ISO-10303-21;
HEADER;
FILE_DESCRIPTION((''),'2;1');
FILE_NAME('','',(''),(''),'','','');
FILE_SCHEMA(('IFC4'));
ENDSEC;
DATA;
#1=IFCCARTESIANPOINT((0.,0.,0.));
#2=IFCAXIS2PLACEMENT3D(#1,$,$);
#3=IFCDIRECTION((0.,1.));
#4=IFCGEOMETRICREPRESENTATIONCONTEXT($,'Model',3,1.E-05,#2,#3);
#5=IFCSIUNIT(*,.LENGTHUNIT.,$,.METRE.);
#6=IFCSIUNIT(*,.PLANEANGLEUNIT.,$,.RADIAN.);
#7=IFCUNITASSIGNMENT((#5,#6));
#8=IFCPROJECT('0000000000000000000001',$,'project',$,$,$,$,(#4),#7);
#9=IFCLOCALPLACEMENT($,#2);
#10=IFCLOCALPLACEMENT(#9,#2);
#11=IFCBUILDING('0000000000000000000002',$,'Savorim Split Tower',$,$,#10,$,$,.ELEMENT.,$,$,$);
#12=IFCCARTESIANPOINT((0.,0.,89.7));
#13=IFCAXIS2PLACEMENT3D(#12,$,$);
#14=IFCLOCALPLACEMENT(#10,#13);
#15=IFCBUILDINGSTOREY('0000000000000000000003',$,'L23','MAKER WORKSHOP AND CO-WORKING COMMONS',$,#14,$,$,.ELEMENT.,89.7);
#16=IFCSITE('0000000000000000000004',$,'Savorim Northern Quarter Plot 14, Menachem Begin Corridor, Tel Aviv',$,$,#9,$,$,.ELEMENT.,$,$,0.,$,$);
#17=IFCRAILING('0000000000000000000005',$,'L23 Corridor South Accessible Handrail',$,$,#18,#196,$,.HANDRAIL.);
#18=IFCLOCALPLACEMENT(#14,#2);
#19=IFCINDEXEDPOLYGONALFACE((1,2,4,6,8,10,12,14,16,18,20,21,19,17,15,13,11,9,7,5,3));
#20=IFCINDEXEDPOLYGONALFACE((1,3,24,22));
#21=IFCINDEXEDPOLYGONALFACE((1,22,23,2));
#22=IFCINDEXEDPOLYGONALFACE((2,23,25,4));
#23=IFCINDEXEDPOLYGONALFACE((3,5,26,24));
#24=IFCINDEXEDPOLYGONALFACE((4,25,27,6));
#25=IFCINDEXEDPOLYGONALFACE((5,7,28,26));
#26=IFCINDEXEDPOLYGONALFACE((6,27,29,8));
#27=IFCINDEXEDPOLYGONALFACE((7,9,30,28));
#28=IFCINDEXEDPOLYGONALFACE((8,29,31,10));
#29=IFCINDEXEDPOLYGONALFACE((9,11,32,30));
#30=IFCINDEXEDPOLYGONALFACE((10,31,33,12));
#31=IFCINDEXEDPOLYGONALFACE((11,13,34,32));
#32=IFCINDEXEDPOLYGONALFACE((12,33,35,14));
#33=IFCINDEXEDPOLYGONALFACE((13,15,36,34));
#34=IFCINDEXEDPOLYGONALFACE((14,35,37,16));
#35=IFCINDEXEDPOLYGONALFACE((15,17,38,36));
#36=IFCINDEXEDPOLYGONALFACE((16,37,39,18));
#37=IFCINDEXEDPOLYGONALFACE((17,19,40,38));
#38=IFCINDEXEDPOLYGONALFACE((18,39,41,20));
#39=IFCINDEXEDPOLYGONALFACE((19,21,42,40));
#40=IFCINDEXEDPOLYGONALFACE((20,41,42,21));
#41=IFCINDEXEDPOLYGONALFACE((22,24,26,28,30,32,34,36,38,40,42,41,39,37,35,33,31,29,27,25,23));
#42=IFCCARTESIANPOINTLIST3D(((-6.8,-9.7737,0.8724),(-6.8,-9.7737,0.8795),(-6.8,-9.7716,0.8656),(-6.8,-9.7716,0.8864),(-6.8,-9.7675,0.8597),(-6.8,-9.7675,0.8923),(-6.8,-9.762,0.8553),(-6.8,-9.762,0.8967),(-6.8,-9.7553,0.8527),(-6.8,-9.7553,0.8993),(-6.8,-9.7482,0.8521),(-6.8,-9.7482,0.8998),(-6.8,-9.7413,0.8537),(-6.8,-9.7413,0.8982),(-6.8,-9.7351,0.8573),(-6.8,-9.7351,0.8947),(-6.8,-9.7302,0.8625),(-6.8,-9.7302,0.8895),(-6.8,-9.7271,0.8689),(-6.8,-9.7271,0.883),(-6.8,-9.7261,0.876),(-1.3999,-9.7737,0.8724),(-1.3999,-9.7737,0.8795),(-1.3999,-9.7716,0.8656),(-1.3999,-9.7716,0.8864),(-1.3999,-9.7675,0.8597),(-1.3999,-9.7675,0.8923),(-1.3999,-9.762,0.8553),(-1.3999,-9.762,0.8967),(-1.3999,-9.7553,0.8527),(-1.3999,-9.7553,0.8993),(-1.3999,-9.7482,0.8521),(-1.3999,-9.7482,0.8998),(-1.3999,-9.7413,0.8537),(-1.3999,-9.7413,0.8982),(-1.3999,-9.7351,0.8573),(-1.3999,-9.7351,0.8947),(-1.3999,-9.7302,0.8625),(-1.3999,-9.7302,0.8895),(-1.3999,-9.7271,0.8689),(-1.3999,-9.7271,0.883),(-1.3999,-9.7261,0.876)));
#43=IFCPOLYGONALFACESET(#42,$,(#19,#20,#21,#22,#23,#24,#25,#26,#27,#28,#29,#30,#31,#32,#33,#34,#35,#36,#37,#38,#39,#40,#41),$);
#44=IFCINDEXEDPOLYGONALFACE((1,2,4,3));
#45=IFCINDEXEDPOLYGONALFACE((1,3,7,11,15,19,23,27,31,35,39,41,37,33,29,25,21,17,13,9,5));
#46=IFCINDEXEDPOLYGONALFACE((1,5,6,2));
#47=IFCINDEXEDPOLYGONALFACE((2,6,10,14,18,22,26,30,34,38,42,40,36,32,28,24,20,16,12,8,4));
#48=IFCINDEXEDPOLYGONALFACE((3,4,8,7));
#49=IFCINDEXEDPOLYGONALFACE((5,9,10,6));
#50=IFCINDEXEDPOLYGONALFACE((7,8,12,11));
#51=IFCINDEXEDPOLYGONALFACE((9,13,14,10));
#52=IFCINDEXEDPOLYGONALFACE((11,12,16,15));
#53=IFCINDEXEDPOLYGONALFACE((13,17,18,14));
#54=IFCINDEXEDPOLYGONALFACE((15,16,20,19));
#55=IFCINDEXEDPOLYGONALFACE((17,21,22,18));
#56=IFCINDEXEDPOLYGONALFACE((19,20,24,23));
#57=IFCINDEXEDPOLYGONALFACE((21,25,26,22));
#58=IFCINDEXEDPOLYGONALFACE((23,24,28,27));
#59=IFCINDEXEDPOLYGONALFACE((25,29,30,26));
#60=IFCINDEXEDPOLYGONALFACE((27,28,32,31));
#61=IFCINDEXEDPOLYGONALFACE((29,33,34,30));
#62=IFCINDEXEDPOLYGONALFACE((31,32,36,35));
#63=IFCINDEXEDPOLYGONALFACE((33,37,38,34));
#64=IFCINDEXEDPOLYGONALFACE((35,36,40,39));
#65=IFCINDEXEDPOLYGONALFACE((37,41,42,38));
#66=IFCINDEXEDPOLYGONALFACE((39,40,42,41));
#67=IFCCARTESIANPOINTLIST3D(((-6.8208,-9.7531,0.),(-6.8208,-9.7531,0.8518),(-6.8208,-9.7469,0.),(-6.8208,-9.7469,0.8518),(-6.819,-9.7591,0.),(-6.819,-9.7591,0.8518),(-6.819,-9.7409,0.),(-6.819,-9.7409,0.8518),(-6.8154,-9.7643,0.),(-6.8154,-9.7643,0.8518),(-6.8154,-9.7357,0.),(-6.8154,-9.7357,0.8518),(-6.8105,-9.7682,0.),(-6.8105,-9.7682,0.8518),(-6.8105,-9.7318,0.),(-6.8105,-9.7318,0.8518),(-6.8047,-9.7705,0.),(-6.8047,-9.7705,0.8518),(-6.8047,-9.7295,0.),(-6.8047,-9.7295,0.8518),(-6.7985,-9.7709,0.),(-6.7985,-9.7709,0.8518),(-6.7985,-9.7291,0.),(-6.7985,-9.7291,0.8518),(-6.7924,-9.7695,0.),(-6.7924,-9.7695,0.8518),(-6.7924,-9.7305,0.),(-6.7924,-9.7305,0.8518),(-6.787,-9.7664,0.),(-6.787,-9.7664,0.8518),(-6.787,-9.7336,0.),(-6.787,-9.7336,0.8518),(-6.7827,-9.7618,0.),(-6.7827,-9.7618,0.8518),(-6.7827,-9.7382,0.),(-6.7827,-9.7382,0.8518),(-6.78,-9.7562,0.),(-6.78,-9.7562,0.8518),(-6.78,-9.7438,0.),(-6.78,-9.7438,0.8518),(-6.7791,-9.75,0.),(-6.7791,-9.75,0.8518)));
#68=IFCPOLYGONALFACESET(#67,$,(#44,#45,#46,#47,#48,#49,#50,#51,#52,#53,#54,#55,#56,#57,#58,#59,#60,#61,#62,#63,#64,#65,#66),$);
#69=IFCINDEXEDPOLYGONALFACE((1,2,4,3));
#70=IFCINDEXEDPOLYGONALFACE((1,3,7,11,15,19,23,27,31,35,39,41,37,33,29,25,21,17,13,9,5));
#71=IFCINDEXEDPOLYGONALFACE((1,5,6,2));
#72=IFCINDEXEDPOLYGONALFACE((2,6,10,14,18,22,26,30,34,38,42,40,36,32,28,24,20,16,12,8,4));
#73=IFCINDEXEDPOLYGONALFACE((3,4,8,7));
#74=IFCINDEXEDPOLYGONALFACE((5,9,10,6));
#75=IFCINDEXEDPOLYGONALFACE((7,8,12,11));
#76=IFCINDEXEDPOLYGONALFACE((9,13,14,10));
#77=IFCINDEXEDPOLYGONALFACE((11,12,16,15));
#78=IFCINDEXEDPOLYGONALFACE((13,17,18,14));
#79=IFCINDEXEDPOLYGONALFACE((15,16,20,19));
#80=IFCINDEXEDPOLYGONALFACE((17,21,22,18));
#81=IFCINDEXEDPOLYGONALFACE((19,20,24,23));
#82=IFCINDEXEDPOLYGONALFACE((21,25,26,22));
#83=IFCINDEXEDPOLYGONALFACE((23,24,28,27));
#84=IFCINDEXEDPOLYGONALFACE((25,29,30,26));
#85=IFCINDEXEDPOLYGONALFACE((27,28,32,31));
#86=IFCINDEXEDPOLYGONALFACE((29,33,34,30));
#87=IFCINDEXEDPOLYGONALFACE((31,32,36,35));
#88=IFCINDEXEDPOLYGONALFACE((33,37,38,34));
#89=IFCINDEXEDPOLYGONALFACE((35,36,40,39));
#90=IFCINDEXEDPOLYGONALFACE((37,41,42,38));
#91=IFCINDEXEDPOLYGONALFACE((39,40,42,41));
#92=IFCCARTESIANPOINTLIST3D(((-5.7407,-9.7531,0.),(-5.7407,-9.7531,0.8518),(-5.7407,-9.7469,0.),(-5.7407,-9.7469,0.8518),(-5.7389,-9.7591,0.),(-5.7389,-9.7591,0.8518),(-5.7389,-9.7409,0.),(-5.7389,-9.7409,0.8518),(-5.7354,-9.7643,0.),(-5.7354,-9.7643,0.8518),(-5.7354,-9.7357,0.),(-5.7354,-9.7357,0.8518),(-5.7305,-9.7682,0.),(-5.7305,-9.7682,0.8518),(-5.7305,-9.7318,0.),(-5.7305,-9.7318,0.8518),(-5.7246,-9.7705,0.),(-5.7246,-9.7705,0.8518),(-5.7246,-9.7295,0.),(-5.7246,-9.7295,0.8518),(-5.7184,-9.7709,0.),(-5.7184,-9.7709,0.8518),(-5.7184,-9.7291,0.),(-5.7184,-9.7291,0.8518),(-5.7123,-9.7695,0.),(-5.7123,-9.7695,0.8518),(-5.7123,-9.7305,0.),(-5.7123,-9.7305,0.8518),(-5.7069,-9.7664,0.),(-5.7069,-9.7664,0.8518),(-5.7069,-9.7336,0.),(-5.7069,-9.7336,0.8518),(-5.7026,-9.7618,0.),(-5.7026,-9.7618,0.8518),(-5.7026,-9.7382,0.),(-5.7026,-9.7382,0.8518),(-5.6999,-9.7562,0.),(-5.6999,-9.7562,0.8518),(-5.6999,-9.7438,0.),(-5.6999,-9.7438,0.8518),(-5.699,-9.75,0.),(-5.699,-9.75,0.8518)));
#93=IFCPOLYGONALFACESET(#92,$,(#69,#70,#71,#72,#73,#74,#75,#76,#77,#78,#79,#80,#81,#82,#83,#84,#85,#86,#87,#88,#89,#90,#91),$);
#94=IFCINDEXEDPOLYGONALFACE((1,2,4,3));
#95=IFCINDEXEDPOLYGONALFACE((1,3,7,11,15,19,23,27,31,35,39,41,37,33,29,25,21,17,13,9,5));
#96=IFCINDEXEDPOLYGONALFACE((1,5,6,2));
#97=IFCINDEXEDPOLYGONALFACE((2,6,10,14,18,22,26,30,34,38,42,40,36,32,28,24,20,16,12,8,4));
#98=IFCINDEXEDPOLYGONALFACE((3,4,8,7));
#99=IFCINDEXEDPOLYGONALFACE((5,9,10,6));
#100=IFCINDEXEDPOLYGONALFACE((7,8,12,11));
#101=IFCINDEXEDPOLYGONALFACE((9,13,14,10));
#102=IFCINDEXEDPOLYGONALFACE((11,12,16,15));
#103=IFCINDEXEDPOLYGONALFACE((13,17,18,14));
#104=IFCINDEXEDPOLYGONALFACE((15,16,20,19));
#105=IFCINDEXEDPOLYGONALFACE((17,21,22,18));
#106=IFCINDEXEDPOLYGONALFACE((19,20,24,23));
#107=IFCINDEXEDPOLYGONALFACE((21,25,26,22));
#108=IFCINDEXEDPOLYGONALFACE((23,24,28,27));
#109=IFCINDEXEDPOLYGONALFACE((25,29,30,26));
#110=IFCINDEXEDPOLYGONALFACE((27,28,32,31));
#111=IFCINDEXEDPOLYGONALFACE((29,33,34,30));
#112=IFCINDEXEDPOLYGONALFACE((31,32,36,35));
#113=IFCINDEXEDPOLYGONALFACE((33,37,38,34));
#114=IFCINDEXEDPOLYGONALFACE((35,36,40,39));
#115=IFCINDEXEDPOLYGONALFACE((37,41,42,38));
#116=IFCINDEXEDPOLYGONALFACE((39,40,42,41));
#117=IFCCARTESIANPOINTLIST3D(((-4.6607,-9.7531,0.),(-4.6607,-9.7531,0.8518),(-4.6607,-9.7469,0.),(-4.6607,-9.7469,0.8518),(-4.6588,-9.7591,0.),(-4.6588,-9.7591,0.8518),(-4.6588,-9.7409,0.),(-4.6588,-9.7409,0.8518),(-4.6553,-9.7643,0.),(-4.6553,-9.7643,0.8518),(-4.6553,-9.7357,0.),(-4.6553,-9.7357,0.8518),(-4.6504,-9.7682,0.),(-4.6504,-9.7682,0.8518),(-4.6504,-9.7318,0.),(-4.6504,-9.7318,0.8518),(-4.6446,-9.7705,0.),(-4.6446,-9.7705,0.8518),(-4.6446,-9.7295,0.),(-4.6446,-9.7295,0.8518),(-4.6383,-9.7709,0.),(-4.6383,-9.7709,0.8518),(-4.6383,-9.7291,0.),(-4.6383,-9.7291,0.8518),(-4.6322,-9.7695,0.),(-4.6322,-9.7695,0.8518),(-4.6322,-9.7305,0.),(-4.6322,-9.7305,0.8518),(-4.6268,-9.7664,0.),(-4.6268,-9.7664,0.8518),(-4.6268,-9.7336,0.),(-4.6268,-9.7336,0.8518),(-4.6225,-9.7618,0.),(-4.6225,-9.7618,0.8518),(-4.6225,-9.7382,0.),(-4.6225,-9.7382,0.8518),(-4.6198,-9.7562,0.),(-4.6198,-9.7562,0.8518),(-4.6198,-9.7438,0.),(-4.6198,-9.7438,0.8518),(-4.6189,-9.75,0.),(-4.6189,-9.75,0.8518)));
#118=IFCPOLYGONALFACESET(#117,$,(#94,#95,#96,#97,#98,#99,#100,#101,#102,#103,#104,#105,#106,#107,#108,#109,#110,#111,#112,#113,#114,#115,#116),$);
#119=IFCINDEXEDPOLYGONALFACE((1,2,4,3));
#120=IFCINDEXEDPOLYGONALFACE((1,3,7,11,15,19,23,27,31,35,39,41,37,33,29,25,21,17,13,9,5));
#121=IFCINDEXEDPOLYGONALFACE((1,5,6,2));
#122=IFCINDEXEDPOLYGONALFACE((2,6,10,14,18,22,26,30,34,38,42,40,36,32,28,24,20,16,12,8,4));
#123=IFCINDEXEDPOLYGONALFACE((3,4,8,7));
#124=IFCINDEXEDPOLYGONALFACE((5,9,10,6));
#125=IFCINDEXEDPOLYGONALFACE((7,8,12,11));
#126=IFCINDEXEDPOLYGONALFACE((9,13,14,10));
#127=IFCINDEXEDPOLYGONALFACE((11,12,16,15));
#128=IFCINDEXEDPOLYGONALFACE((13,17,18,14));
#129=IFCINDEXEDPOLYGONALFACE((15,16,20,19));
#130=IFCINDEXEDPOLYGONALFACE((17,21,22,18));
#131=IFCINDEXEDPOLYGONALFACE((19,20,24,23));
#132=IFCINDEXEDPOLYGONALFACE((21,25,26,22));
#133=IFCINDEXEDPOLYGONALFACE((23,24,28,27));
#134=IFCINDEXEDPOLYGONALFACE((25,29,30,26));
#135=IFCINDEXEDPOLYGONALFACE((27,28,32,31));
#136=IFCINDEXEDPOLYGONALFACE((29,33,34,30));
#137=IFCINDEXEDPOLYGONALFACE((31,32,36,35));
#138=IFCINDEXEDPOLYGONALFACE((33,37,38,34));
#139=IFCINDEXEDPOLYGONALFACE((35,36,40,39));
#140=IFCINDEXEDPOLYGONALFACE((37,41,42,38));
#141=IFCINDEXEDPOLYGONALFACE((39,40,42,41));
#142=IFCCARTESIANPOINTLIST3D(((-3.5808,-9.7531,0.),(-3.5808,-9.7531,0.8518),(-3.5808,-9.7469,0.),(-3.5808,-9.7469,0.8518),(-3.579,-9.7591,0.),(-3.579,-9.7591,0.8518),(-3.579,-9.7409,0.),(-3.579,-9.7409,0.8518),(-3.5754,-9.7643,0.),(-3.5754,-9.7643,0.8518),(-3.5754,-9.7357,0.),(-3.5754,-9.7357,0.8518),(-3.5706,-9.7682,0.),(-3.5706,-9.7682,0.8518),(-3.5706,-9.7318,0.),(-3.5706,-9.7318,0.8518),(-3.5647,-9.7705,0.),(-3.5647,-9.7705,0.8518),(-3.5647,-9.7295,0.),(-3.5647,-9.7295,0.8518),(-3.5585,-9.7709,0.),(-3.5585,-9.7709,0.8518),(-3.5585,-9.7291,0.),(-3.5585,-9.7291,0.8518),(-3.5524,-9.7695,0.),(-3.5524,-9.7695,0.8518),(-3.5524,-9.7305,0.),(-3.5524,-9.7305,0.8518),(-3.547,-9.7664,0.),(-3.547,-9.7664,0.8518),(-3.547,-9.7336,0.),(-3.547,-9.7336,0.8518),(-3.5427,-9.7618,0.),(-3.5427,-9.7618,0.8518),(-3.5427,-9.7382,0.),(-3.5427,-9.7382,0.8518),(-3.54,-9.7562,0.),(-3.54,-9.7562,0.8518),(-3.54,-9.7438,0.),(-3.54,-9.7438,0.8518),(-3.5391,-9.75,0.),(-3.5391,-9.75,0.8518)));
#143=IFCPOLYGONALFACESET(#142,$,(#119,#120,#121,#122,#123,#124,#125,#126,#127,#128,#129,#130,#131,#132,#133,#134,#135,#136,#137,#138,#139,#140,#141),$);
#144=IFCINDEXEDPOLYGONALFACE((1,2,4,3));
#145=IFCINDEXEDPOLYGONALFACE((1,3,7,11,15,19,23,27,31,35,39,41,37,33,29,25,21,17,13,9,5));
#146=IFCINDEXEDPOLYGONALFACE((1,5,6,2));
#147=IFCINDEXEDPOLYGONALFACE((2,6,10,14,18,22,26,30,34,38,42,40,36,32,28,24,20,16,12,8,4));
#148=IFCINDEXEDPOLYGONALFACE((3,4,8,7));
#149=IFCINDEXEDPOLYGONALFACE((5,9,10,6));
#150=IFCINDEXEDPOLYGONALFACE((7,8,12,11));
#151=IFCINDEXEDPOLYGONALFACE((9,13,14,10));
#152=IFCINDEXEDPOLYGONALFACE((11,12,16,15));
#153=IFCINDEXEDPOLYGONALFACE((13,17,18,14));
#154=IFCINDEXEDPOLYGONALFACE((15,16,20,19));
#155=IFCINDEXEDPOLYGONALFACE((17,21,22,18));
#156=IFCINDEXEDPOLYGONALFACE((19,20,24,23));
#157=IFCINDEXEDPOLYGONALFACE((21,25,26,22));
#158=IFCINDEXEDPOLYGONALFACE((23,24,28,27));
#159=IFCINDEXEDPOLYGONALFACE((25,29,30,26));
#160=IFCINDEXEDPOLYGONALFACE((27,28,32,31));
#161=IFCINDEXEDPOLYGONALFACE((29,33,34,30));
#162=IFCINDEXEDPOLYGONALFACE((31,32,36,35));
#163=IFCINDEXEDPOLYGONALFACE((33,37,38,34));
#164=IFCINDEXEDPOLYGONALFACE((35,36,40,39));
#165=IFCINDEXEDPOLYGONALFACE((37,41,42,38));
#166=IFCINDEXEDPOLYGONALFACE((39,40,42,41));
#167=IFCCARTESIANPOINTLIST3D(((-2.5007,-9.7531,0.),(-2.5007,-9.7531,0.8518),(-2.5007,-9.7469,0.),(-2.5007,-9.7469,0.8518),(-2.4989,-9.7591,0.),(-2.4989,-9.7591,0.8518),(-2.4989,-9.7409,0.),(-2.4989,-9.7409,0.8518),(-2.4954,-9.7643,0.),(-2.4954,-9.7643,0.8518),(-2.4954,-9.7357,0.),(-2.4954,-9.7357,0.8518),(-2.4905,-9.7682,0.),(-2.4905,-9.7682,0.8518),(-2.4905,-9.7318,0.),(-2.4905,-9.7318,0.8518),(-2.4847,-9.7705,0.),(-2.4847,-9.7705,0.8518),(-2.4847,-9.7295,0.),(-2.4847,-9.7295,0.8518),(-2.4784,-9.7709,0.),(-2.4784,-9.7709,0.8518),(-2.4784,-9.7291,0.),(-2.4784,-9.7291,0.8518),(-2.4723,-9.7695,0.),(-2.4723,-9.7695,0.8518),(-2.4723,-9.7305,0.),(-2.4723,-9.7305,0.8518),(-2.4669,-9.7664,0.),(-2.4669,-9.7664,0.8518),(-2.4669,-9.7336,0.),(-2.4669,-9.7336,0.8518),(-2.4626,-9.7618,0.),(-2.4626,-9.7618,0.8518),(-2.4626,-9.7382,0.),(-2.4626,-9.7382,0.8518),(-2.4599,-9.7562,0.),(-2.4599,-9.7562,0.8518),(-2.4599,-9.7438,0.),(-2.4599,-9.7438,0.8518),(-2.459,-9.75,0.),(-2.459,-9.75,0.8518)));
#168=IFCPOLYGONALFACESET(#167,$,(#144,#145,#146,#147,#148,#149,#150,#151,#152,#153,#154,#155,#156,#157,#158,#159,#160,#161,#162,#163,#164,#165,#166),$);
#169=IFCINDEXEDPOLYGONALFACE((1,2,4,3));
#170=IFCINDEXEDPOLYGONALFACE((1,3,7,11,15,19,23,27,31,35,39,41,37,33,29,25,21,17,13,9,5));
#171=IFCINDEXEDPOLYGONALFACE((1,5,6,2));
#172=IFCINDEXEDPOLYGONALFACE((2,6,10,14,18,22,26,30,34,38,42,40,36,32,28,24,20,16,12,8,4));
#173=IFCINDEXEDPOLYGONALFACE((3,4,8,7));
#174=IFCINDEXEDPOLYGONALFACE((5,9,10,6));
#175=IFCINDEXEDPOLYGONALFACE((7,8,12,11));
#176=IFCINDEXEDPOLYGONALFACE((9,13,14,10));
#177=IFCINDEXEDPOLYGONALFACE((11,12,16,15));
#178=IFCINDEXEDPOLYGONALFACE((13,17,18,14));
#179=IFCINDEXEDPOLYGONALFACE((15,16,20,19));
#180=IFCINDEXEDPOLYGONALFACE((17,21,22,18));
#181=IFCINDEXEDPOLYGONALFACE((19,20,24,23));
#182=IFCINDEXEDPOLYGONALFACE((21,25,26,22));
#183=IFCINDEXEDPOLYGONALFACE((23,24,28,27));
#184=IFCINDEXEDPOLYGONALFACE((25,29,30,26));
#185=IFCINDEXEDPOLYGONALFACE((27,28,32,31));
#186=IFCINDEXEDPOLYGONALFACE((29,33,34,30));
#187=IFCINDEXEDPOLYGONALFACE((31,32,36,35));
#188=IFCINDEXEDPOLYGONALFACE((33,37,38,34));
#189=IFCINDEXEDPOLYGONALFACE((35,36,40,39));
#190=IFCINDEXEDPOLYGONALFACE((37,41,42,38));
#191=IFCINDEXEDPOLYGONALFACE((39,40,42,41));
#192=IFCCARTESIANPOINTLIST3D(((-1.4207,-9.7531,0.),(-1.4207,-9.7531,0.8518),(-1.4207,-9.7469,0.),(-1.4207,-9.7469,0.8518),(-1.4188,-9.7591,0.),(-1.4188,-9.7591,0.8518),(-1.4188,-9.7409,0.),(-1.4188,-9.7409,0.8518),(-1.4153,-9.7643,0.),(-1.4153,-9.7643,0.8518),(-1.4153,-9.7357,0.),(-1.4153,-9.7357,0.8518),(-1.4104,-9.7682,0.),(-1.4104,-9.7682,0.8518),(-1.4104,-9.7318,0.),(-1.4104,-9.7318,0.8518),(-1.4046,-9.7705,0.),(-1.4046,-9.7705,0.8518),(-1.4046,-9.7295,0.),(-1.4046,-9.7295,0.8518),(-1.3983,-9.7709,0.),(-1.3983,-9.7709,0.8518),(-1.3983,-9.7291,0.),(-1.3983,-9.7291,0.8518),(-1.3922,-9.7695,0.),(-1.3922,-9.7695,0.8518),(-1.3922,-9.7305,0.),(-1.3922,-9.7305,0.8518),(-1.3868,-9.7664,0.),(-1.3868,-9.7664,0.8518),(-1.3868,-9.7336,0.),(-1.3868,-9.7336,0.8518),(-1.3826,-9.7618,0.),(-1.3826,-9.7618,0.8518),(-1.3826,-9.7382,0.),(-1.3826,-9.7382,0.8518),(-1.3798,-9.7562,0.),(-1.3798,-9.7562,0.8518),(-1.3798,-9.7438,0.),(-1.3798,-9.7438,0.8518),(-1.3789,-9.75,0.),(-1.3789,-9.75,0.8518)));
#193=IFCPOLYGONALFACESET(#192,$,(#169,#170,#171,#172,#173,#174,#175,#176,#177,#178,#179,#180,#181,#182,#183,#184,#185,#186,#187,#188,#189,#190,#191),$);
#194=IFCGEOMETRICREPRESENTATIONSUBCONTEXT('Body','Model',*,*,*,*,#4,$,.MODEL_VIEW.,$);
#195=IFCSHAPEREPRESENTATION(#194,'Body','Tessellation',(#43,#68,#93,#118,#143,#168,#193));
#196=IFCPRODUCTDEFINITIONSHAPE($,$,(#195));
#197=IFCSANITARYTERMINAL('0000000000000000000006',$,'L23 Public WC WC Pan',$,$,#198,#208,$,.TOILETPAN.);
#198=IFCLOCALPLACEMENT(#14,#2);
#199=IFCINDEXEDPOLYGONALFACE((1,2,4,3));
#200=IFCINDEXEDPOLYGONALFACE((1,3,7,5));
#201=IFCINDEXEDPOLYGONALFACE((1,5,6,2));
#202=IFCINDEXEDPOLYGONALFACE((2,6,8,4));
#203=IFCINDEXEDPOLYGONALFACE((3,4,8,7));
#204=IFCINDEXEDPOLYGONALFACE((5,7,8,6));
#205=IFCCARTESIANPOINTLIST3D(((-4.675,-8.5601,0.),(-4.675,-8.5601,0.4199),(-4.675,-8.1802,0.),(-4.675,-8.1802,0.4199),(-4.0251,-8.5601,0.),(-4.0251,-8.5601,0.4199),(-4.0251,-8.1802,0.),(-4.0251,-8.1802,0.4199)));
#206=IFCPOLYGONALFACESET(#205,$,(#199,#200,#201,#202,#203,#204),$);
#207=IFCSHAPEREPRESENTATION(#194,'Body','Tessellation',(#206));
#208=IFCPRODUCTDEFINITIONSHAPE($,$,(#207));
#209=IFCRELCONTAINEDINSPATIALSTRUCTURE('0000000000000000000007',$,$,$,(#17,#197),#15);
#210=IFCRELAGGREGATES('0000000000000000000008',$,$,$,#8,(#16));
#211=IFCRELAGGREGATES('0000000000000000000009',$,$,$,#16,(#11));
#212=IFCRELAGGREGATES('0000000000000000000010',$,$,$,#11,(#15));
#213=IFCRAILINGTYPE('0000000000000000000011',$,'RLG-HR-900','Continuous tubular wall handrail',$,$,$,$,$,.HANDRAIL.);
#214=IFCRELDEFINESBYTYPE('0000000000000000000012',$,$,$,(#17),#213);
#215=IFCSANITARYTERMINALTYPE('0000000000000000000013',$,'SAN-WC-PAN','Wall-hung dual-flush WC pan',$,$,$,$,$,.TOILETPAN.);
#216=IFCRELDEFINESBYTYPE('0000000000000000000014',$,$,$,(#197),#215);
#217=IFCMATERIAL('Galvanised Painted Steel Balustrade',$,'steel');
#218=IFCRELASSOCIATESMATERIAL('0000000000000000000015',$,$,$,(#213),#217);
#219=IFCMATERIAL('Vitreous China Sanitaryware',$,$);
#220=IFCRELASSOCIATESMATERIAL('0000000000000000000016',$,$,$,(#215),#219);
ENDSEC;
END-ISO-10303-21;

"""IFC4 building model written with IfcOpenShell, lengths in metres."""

from ifc_helpers import new_model, si_unit, direction, frame, origin, origin_2d, place, context, subcontext, project, spatial, rectangle, circle, extrude, material, type_object, element, save


model = new_model("IFC4")

# Units and contexts
model_context = context("Model", 3, precision=1e-05, world=origin(), true_north=direction((0.0, 1.0)))
body_context = subcontext(model_context, "Body", "Model", "MODEL_VIEW")
ifc_project = project(units=[si_unit("LENGTHUNIT", "METRE"), si_unit("PLANEANGLEUNIT", "RADIAN")], contexts=[model_context])

# Site, building, storey
site_placement = place(None, origin())
site = spatial("IfcSite", under=ifc_project, at=site_placement, Name="Savorim Northern Quarter Plot 14, Menachem Begin Corridor, Tel Aviv", CompositionType="ELEMENT", RefElevation=0.0)
building_placement = place(site_placement, origin())
building = spatial("IfcBuilding", under=site, at=building_placement, Name="Savorim Split Tower", CompositionType="ELEMENT")
storey_placement = place(building_placement, frame((0.0, 0.0, 89.7)))
storey = spatial("IfcBuildingStorey", under=building, at=storey_placement, Name="L23", Description="MAKER WORKSHOP AND CO-WORKING COMMONS", CompositionType="ELEMENT", Elevation=89.7)

# Railing
ifc_material_1 = material(Name="Galvanised Painted Steel Balustrade", Category="steel")
railing_type = type_object("IfcRailingType", Name="RLG-HR-900", Description="Continuous tubular wall handrail", PredefinedType="HANDRAIL", material=ifc_material_1)
railing_placement = place(storey_placement, frame((-6.8, -9.75, 0.0)))
element("IfcRailing", 1, at=railing_placement, inside=storey, type_object=railing_type, Name="L23 Corridor South Accessible Handrail", PredefinedType="HANDRAIL", context=body_context, shape_type="SweptSolid", body=[
    extrude(circle(Radius=0.0239, at=origin_2d()), frame((0.0, 0.0, 0.876), z_axis=(1.0, 0.0, 0.0), x_axis=(0.0, 1.0, 0.0)), (0.0, 0.0, 1.0), 5.4001),
    extrude(circle(Radius=0.021, at=origin_2d()), origin(), (0.0, 0.0, 1.0), 0.8518),
    extrude(circle(Radius=0.021, at=origin_2d()), frame((1.0801, 0.0, 0.0)), (0.0, 0.0, 1.0), 0.8518),
    extrude(circle(Radius=0.021, at=origin_2d()), frame((2.1602, 0.0, 0.0)), (0.0, 0.0, 1.0), 0.8518),
    extrude(circle(Radius=0.021, at=origin_2d()), frame((3.24, 0.0, 0.0)), (0.0, 0.0, 1.0), 0.8518),
    extrude(circle(Radius=0.021, at=origin_2d()), frame((4.3201, 0.0, 0.0)), (0.0, 0.0, 1.0), 0.8518),
    extrude(circle(Radius=0.021, at=origin_2d()), frame((5.4001, 0.0, 0.0)), (0.0, 0.0, 1.0), 0.8518),
])

# Sanitary terminal
ifc_material_2 = material(Name="Vitreous China Sanitaryware")
sanitary_terminal_type_1 = type_object("IfcSanitaryTerminalType", Name="SAN-WC-PAN", Description="Wall-hung dual-flush WC pan", PredefinedType="TOILETPAN", material=ifc_material_2)
sanitary_terminal_1_placement = place(storey_placement, frame((-4.3501, -8.3701, 0.0), z_axis=(0.0, 0.0, 1.0), x_axis=(1.0, 0.0, 0.0)))
element("IfcSanitaryTerminal", 2, at=sanitary_terminal_1_placement, inside=storey, type_object=sanitary_terminal_type_1, Name="L23 Public WC WC Pan", PredefinedType="TOILETPAN", context=body_context, shape_type="SweptSolid", body=[
    extrude(rectangle(XDim=0.6499, YDim=0.3799, at=origin_2d()), origin(), (0.0, 0.0, 1.0), 0.4199),
])

save(model, "model.ifc")
